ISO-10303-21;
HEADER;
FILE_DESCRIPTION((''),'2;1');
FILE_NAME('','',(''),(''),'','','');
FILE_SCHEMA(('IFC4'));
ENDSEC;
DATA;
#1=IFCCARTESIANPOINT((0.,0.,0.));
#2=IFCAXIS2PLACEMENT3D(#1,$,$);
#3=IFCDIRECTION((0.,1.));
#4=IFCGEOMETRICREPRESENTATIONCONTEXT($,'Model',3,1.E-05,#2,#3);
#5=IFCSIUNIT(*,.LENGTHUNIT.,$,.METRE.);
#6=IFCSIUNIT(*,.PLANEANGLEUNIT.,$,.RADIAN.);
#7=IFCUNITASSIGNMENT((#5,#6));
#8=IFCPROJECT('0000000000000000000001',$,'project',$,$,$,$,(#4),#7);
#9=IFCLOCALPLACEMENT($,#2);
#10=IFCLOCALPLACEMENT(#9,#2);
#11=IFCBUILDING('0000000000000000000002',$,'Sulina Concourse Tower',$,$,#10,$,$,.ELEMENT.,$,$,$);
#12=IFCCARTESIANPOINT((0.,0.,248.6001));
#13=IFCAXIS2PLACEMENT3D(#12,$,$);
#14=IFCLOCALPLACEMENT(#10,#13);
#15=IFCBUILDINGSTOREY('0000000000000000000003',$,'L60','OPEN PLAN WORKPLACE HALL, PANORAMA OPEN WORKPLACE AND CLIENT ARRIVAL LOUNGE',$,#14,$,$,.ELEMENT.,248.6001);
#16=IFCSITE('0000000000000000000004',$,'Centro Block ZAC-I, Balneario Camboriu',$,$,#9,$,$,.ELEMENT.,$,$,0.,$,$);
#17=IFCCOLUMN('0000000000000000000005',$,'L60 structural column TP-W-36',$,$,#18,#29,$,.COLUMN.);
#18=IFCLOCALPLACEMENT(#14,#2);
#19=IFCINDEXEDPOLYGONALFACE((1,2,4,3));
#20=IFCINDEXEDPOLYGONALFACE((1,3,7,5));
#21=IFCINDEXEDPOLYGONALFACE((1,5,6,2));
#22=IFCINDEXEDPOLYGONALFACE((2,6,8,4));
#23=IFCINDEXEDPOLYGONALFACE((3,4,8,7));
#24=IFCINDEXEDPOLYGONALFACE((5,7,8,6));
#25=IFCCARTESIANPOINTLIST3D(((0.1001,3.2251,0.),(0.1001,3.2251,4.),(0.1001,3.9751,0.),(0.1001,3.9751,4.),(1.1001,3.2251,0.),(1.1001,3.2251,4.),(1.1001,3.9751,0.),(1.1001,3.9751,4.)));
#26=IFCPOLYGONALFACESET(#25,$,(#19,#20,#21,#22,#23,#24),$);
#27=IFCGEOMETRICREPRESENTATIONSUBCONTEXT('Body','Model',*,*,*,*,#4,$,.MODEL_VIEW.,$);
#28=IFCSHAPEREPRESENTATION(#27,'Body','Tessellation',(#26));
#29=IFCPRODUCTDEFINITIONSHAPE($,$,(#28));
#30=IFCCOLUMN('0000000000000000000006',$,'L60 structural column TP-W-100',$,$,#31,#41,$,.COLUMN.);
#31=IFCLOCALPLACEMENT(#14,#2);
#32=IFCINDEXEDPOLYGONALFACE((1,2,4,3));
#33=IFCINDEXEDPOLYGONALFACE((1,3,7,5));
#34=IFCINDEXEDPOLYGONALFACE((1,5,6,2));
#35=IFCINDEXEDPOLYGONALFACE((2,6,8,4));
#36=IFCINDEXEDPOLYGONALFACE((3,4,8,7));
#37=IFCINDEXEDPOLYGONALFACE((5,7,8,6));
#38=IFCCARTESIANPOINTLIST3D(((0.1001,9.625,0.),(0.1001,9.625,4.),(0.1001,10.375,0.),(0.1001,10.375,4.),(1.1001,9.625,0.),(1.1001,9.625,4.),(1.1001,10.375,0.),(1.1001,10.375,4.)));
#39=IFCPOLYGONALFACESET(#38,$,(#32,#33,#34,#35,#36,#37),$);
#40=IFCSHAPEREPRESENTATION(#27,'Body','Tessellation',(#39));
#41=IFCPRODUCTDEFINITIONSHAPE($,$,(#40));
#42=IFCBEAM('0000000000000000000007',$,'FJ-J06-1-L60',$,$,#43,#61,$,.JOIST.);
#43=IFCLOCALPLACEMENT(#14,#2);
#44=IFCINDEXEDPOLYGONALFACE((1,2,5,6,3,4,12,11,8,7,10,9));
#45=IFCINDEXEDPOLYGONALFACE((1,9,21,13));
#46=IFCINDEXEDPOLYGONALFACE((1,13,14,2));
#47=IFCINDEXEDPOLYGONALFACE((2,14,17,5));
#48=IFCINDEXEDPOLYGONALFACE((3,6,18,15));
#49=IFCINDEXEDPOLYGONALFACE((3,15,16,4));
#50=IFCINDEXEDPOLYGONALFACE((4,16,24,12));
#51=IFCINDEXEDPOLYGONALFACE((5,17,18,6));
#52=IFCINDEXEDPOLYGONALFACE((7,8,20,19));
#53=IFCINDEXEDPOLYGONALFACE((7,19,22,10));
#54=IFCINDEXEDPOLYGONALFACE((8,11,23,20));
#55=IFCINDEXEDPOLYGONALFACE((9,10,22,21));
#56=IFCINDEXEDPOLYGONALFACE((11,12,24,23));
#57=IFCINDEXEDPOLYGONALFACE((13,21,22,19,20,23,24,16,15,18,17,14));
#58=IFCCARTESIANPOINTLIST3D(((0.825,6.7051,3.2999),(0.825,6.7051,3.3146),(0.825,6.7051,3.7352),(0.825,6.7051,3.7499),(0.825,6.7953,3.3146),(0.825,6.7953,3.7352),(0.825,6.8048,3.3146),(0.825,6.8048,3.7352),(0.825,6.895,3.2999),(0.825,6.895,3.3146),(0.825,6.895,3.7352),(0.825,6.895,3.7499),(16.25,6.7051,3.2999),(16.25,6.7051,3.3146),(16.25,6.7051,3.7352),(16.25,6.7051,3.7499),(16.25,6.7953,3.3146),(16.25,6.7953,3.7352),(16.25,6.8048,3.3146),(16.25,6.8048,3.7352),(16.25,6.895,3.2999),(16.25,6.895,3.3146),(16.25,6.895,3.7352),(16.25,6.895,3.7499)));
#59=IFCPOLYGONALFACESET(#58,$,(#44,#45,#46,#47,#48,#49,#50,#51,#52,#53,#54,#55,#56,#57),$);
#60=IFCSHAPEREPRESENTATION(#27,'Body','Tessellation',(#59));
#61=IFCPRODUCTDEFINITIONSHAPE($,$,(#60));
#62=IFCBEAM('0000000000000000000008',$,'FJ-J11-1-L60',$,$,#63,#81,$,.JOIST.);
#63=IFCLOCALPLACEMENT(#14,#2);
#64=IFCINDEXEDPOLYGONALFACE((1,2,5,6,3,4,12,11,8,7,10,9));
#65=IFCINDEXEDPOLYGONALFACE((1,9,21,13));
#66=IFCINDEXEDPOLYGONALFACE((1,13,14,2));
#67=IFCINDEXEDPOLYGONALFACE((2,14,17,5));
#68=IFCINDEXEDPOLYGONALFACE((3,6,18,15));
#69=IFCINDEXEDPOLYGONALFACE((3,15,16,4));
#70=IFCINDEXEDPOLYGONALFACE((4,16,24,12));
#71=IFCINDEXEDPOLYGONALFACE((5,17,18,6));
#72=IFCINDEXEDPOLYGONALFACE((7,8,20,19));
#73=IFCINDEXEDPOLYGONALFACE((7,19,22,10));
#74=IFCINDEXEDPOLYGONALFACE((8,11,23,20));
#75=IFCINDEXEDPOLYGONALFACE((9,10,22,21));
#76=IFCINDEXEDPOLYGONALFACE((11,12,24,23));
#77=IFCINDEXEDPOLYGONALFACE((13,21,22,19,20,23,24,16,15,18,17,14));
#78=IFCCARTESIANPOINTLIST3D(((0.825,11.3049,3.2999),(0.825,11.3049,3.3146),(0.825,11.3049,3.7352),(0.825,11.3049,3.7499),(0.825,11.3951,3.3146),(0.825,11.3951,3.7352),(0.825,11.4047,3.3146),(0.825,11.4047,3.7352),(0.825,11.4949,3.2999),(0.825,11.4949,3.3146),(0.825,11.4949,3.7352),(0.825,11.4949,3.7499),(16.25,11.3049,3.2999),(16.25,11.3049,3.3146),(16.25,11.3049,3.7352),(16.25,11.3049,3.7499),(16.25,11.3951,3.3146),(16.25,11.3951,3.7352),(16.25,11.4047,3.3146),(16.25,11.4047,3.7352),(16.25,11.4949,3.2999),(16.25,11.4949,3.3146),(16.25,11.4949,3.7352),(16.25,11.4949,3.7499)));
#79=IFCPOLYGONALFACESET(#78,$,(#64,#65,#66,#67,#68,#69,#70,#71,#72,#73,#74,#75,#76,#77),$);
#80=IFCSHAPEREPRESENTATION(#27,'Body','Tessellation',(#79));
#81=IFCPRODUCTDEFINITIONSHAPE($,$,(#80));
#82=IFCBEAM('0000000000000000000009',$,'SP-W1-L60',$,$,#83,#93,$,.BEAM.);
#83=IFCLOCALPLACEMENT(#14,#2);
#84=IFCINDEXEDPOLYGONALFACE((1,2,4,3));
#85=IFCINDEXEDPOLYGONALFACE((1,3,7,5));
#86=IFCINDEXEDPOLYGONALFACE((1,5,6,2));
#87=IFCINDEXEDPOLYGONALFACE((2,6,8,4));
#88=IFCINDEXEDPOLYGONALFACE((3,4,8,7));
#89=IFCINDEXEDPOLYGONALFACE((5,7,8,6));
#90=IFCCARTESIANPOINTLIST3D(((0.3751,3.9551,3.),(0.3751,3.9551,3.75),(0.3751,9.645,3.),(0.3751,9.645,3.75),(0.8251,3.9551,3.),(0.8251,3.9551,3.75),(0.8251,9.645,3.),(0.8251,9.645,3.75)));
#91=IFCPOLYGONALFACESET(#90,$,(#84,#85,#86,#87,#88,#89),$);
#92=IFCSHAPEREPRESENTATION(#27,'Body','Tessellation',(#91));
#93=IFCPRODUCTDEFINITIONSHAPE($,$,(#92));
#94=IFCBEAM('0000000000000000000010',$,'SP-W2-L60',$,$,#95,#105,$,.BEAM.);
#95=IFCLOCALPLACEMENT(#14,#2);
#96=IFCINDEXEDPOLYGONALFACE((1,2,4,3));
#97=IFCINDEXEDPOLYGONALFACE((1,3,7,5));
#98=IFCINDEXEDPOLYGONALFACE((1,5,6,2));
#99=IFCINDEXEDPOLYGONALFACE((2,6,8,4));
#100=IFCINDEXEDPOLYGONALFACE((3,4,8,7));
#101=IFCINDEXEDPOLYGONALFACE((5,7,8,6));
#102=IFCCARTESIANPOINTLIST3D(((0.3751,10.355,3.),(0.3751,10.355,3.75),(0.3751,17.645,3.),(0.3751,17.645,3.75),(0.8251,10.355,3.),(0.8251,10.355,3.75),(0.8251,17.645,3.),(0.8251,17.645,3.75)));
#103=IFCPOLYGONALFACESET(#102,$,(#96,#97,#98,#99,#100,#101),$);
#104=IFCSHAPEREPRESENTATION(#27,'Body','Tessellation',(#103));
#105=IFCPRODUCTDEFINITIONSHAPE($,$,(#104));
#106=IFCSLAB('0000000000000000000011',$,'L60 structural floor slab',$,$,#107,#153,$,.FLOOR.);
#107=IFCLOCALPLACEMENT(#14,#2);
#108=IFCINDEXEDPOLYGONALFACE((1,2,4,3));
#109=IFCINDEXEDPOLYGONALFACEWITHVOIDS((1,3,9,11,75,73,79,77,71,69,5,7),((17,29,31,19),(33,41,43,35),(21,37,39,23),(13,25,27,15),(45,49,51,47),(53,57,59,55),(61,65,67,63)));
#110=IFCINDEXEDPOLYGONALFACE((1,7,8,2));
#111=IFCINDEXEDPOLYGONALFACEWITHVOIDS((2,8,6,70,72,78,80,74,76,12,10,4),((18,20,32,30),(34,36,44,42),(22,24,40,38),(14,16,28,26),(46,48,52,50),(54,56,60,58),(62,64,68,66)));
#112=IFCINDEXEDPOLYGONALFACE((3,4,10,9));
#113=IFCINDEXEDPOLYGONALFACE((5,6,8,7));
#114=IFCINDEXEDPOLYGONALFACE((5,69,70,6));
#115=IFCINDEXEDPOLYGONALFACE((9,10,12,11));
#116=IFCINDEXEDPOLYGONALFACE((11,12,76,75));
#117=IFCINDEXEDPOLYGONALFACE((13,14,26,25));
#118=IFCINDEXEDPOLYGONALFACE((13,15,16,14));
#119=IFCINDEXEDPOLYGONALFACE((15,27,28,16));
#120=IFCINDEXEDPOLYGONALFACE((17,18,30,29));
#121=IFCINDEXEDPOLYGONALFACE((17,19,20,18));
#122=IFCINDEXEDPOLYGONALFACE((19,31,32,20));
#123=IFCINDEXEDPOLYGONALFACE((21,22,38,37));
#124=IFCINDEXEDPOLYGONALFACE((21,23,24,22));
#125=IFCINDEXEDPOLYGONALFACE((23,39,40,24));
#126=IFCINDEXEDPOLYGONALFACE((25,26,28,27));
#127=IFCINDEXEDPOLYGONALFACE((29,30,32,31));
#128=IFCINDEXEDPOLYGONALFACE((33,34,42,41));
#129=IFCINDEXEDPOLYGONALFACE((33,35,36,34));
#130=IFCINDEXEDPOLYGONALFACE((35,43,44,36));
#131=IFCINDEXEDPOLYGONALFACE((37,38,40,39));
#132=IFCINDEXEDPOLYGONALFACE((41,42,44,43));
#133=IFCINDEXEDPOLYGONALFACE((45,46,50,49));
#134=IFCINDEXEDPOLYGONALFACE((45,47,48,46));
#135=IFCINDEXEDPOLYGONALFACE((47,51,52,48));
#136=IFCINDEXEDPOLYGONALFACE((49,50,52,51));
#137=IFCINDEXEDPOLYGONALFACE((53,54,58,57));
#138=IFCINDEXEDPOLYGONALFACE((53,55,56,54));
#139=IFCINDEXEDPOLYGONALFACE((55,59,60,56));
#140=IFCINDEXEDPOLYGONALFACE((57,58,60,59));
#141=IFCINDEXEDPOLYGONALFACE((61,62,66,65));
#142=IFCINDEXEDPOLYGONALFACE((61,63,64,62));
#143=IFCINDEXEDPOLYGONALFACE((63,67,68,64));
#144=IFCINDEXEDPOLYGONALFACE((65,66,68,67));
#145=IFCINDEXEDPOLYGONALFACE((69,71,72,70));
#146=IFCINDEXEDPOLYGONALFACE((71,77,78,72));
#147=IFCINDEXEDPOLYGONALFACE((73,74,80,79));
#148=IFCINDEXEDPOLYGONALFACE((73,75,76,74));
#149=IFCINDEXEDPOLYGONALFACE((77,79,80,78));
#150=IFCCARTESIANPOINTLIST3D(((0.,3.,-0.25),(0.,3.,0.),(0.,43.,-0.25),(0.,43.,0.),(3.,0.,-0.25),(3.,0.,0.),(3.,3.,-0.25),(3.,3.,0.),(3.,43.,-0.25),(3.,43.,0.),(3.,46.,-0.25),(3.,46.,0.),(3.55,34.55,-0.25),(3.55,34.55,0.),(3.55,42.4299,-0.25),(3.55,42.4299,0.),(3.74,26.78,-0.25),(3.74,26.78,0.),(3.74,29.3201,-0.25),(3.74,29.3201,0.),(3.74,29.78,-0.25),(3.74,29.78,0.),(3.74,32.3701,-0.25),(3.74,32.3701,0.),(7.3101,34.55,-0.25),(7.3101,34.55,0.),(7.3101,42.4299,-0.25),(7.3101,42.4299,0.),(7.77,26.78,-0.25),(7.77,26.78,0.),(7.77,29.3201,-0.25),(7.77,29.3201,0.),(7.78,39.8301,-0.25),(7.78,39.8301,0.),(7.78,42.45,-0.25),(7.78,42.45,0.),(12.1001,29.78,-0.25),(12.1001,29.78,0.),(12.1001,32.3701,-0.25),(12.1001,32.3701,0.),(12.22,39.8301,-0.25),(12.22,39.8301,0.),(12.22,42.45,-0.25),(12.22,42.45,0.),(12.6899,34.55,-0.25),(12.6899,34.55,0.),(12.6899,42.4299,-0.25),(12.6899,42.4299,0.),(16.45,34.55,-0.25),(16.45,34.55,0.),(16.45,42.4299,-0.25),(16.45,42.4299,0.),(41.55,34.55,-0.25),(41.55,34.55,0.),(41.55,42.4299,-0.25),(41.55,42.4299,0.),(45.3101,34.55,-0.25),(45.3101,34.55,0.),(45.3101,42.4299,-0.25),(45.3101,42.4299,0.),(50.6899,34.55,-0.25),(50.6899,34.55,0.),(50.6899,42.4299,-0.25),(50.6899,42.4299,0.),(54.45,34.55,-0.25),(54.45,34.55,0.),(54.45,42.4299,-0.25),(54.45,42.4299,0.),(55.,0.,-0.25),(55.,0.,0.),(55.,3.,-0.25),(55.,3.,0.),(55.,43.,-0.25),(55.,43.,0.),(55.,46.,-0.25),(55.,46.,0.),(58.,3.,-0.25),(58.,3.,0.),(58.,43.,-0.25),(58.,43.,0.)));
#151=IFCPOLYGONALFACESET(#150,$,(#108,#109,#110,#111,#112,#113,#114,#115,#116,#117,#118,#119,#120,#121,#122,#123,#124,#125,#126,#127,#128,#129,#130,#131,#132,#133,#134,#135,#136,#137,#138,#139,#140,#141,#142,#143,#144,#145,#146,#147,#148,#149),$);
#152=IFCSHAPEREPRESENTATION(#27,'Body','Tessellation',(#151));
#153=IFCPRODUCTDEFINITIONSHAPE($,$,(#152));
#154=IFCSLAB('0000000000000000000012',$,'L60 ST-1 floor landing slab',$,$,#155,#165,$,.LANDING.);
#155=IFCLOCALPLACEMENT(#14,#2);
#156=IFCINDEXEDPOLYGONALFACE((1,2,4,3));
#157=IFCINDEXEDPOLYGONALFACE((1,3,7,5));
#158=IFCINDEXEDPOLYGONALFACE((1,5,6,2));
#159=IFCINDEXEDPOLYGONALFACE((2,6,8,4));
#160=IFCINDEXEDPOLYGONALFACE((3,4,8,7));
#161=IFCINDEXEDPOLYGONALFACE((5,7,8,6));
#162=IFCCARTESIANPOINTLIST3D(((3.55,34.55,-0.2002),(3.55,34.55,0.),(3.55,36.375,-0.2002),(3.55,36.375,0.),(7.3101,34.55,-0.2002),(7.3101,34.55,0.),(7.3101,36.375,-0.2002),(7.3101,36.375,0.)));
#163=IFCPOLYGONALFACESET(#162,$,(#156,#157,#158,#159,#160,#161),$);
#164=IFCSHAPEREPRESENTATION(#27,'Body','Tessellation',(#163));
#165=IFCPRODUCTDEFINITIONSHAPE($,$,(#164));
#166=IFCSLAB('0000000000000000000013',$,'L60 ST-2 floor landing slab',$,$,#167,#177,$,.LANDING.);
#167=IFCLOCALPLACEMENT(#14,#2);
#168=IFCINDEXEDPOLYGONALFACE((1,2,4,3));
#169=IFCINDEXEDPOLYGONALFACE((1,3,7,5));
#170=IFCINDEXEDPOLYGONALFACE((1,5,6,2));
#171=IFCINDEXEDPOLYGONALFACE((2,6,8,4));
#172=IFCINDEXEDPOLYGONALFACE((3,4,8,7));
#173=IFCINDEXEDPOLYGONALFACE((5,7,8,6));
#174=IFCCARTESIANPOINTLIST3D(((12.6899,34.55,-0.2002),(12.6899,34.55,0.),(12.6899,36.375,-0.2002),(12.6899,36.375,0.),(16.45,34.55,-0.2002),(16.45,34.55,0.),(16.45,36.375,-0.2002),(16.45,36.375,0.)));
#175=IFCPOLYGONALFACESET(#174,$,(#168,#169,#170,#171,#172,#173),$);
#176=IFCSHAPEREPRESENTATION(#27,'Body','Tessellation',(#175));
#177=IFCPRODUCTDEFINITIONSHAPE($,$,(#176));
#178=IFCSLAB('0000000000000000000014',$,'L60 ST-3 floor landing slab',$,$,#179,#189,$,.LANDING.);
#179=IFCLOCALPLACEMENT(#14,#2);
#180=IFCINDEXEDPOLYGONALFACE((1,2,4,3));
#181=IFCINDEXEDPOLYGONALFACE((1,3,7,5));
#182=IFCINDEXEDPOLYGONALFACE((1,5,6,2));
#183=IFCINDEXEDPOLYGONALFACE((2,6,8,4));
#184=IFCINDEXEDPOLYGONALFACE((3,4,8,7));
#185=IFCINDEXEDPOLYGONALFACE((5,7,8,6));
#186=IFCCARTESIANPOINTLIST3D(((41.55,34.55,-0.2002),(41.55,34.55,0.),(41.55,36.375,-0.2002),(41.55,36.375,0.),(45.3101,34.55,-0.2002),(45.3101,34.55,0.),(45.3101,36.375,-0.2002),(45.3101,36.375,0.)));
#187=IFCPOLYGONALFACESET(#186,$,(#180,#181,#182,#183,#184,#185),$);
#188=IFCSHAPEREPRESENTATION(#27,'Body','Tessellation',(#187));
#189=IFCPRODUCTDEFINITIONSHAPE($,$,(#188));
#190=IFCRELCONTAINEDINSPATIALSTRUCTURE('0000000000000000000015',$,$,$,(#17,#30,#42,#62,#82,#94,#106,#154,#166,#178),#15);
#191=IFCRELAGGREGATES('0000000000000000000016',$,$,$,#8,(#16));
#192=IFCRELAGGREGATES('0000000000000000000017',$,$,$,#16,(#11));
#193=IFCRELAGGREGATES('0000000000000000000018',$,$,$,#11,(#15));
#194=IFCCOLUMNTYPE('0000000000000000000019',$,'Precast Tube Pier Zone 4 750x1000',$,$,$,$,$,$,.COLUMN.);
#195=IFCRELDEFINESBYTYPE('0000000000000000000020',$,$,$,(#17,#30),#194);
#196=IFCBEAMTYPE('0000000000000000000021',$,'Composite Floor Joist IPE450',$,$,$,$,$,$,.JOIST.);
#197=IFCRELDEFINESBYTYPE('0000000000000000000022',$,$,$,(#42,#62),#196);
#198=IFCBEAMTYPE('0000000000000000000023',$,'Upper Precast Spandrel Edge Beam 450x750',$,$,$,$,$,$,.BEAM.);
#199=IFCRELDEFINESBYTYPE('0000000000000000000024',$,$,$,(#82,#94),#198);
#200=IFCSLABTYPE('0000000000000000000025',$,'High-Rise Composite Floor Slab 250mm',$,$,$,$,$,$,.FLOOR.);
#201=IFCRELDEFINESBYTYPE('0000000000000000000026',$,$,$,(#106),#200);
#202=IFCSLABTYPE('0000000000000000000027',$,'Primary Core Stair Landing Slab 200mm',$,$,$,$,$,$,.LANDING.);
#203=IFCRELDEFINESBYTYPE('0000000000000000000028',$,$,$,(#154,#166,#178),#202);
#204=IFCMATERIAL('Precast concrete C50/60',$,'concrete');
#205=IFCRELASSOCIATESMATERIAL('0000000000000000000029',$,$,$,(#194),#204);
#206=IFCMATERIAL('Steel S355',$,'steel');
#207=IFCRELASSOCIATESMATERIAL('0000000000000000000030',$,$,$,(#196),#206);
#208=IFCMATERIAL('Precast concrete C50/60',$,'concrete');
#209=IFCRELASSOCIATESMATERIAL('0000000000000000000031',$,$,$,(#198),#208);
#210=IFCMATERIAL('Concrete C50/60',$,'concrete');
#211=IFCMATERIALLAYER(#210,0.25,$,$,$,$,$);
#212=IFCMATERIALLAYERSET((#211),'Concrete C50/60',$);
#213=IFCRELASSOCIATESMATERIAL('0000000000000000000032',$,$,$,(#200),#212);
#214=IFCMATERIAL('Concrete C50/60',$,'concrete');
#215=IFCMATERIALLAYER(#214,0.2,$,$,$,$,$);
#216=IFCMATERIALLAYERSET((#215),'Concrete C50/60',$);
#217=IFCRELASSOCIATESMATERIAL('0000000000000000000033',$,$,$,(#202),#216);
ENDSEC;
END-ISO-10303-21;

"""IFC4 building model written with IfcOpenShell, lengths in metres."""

from ifc_helpers import new_model, si_unit, direction, frame, origin, origin_2d, place, context, subcontext, project, spatial, polyline, rectangle, i_section, outline, extrude, material, layer, layer_set, material_profile, profile_set, type_object, element, save


model = new_model("IFC4")

# Units and contexts
model_context = context("Model", 3, precision=1e-05, world=origin(), true_north=direction((0.0, 1.0)))
body_context = subcontext(model_context, "Body", "Model", "MODEL_VIEW")
ifc_project = project(units=[si_unit("LENGTHUNIT", "METRE"), si_unit("PLANEANGLEUNIT", "RADIAN")], contexts=[model_context])

# Site, building, storey
site_placement = place(None, origin())
site = spatial("IfcSite", under=ifc_project, at=site_placement, Name="Centro Block ZAC-I, Balneario Camboriu", CompositionType="ELEMENT", RefElevation=0.0)
building_placement = place(site_placement, origin())
building = spatial("IfcBuilding", under=site, at=building_placement, Name="Sulina Concourse Tower", CompositionType="ELEMENT")
storey_placement = place(building_placement, frame((0.0, 0.0, 248.6001)))
storey = spatial("IfcBuildingStorey", under=building, at=storey_placement, Name="L60", Description="OPEN PLAN WORKPLACE HALL, PANORAMA OPEN WORKPLACE AND CLIENT ARRIVAL LOUNGE", CompositionType="ELEMENT", Elevation=248.6001)

# Columns
ifc_material_1 = material(Name="Precast concrete C50/60", Category="concrete")
ifc_material_profile_1 = material_profile(ifc_material_1, rectangle(XDim=0.75, YDim=1.0, at=origin_2d()), Name="PC 750x1000")
ifc_profile_set_1 = profile_set([ifc_material_profile_1], Name="Precast concrete C50/60")
column_type = type_object("IfcColumnType", Name="Precast Tube Pier Zone 4 750x1000", PredefinedType="COLUMN", material=ifc_profile_set_1)
for number, where, z_axis, x_axis, name in (
    (1, (0.6001, 3.6001, 0.0), (0.0, 0.0, 1.0), (0.0, 1.0, 0.0), "L60 structural column TP-W-36"),
    (2, (0.6001, 10.0, 0.0), (0.0, 0.0, 1.0), (0.0, 1.0, 0.0), "L60 structural column TP-W-100"),
):
    element("IfcColumn", number, at=place(storey_placement, frame(where, z_axis=z_axis, x_axis=x_axis)), inside=storey, type_object=column_type, Name=name, PredefinedType="COLUMN", context=body_context, shape_type="SweptSolid", body=[
        extrude(rectangle(XDim=0.75, YDim=1.0, at=origin_2d()), origin(), (0.0, 0.0, 1.0), 4.0),
    ])

# Beams
ifc_material_2 = material(Name="Steel S355", Category="steel")
ifc_material_profile_2 = material_profile(ifc_material_2, i_section(OverallWidth=0.1899, OverallDepth=0.45, WebThickness=0.0095, FlangeThickness=0.0146, at=origin_2d()), Name="IPE 450")
ifc_profile_set_2 = profile_set([ifc_material_profile_2], Name="Steel S355")
beam_type_1 = type_object("IfcBeamType", Name="Composite Floor Joist IPE450", PredefinedType="JOIST", material=ifc_profile_set_2)
for number, where, z_axis, x_axis, name in (
    (3, (0.825, 6.8, 3.5249), (1.0, 0.0, 0.0), (0.0, 1.0, 0.0), "FJ-J06-1-L60"),
    (4, (0.825, 11.3999, 3.5249), (1.0, 0.0, 0.0), (0.0, 1.0, 0.0), "FJ-J11-1-L60"),
):
    element("IfcBeam", number, at=place(storey_placement, frame(where, z_axis=z_axis, x_axis=x_axis)), inside=storey, type_object=beam_type_1, Name=name, PredefinedType="JOIST", context=body_context, shape_type="SweptSolid", body=[
        extrude(i_section(OverallWidth=0.1899, OverallDepth=0.45, WebThickness=0.0095, FlangeThickness=0.0146, at=origin_2d()), origin(), (0.0, 0.0, 1.0), 15.425),
    ])
ifc_material_3 = material(Name="Precast concrete C50/60", Category="concrete")
ifc_material_profile_3 = material_profile(ifc_material_3, rectangle(XDim=0.45, YDim=0.75, at=origin_2d()), Name="RC 450x750")
ifc_profile_set_3 = profile_set([ifc_material_profile_3], Name="Precast concrete C50/60")
beam_type_2 = type_object("IfcBeamType", Name="Upper Precast Spandrel Edge Beam 450x750", PredefinedType="BEAM", material=ifc_profile_set_3)
beam_1_placement = place(storey_placement, frame((0.6001, 3.9551, 3.375), z_axis=(0.0, 1.0, 0.0), x_axis=(-1.0, 0.0, 0.0)))
element("IfcBeam", 5, at=beam_1_placement, inside=storey, type_object=beam_type_2, Name="SP-W1-L60", PredefinedType="BEAM", context=body_context, shape_type="SweptSolid", body=[
    extrude(rectangle(XDim=0.45, YDim=0.75, at=origin_2d()), origin(), (0.0, 0.0, 1.0), 5.6899),
])
beam_2_placement = place(storey_placement, frame((0.6001, 10.355, 3.375), z_axis=(0.0, 1.0, 0.0), x_axis=(-1.0, 0.0, 0.0)))
element("IfcBeam", 6, at=beam_2_placement, inside=storey, type_object=beam_type_2, Name="SP-W2-L60", PredefinedType="BEAM", context=body_context, shape_type="SweptSolid", body=[
    extrude(rectangle(XDim=0.45, YDim=0.75, at=origin_2d()), origin(), (0.0, 0.0, 1.0), 7.29),
])

# Slabs
ifc_material_4 = material(Name="Concrete C50/60", Category="concrete")
ifc_layer_1 = layer(ifc_material_4, 0.25)
ifc_layer_set_1 = layer_set([ifc_layer_1], Name="Concrete C50/60")
slab_type_1 = type_object("IfcSlabType", Name="High-Rise Composite Floor Slab 250mm", PredefinedType="FLOOR", material=ifc_layer_set_1)
slab_1_placement = place(storey_placement, frame((0.0, 0.0, -0.25)))
element("IfcSlab", 7, at=slab_1_placement, inside=storey, type_object=slab_type_1, Name="L60 structural floor slab", PredefinedType="FLOOR", context=body_context, shape_type="SweptSolid", body=[
    extrude(outline(polyline([(3.0, 0.0), (55.0, 0.0), (55.0, 3.0), (58.0, 3.0), (58.0, 43.0), (55.0, 43.0), (55.0, 46.0), (3.0, 46.0), (3.0, 43.0), (0.0, 43.0), (0.0, 3.0), (3.0, 3.0), (3.0, 0.0)]), holes=[polyline([(7.3101, 34.55), (7.3101, 42.4299), (3.55, 42.4299), (3.55, 34.55), (7.3101, 34.55)]), polyline([(16.45, 34.55), (16.45, 42.4299), (12.6899, 42.4299), (12.6899, 34.55), (16.45, 34.55)]), polyline([(45.3101, 34.55), (45.3101, 42.4299), (41.55, 42.4299), (41.55, 34.55), (45.3101, 34.55)]), polyline([(54.45, 34.55), (54.45, 42.4299), (50.6899, 42.4299), (50.6899, 34.55), (54.45, 34.55)]), polyline([(7.78, 39.8301), (12.22, 39.8301), (12.22, 42.45), (7.78, 42.45), (7.78, 39.8301)]), polyline([(3.74, 26.78), (7.77, 26.78), (7.77, 29.3201), (3.74, 29.3201), (3.74, 26.78)]), polyline([(3.74, 29.78), (12.1001, 29.78), (12.1001, 32.3701), (3.74, 32.3701), (3.74, 29.78)])]), origin(), (0.0, 0.0, 1.0), 0.25),
])
ifc_material_5 = material(Name="Concrete C50/60", Category="concrete")
ifc_layer_2 = layer(ifc_material_5, 0.2)
ifc_layer_set_2 = layer_set([ifc_layer_2], Name="Concrete C50/60")
slab_type_2 = type_object("IfcSlabType", Name="Primary Core Stair Landing Slab 200mm", PredefinedType="LANDING", material=ifc_layer_set_2)
slab_2_placement = place(storey_placement, frame((0.0, 0.0, -0.2002)))
element("IfcSlab", 8, at=slab_2_placement, inside=storey, type_object=slab_type_2, Name="L60 ST-1 floor landing slab", PredefinedType="LANDING", context=body_context, shape_type="SweptSolid", body=[
    extrude(outline(polyline([(7.3101, 34.55), (7.3101, 36.375), (3.55, 36.375), (3.55, 34.55), (7.3101, 34.55)])), origin(), (0.0, 0.0, 1.0), 0.2002),
])
slab_3_placement = place(storey_placement, frame((0.0, 0.0, -0.2002)))
element("IfcSlab", 9, at=slab_3_placement, inside=storey, type_object=slab_type_2, Name="L60 ST-2 floor landing slab", PredefinedType="LANDING", context=body_context, shape_type="SweptSolid", body=[
    extrude(outline(polyline([(16.45, 34.55), (16.45, 36.375), (12.6899, 36.375), (12.6899, 34.55), (16.45, 34.55)])), origin(), (0.0, 0.0, 1.0), 0.2002),
])
slab_4_placement = place(storey_placement, frame((0.0, 0.0, -0.2002)))
element("IfcSlab", 10, at=slab_4_placement, inside=storey, type_object=slab_type_2, Name="L60 ST-3 floor landing slab", PredefinedType="LANDING", context=body_context, shape_type="SweptSolid", body=[
    extrude(outline(polyline([(45.3101, 34.55), (45.3101, 36.375), (41.55, 36.375), (41.55, 34.55), (45.3101, 34.55)])), origin(), (0.0, 0.0, 1.0), 0.2002),
])

save(model, "model.ifc")
